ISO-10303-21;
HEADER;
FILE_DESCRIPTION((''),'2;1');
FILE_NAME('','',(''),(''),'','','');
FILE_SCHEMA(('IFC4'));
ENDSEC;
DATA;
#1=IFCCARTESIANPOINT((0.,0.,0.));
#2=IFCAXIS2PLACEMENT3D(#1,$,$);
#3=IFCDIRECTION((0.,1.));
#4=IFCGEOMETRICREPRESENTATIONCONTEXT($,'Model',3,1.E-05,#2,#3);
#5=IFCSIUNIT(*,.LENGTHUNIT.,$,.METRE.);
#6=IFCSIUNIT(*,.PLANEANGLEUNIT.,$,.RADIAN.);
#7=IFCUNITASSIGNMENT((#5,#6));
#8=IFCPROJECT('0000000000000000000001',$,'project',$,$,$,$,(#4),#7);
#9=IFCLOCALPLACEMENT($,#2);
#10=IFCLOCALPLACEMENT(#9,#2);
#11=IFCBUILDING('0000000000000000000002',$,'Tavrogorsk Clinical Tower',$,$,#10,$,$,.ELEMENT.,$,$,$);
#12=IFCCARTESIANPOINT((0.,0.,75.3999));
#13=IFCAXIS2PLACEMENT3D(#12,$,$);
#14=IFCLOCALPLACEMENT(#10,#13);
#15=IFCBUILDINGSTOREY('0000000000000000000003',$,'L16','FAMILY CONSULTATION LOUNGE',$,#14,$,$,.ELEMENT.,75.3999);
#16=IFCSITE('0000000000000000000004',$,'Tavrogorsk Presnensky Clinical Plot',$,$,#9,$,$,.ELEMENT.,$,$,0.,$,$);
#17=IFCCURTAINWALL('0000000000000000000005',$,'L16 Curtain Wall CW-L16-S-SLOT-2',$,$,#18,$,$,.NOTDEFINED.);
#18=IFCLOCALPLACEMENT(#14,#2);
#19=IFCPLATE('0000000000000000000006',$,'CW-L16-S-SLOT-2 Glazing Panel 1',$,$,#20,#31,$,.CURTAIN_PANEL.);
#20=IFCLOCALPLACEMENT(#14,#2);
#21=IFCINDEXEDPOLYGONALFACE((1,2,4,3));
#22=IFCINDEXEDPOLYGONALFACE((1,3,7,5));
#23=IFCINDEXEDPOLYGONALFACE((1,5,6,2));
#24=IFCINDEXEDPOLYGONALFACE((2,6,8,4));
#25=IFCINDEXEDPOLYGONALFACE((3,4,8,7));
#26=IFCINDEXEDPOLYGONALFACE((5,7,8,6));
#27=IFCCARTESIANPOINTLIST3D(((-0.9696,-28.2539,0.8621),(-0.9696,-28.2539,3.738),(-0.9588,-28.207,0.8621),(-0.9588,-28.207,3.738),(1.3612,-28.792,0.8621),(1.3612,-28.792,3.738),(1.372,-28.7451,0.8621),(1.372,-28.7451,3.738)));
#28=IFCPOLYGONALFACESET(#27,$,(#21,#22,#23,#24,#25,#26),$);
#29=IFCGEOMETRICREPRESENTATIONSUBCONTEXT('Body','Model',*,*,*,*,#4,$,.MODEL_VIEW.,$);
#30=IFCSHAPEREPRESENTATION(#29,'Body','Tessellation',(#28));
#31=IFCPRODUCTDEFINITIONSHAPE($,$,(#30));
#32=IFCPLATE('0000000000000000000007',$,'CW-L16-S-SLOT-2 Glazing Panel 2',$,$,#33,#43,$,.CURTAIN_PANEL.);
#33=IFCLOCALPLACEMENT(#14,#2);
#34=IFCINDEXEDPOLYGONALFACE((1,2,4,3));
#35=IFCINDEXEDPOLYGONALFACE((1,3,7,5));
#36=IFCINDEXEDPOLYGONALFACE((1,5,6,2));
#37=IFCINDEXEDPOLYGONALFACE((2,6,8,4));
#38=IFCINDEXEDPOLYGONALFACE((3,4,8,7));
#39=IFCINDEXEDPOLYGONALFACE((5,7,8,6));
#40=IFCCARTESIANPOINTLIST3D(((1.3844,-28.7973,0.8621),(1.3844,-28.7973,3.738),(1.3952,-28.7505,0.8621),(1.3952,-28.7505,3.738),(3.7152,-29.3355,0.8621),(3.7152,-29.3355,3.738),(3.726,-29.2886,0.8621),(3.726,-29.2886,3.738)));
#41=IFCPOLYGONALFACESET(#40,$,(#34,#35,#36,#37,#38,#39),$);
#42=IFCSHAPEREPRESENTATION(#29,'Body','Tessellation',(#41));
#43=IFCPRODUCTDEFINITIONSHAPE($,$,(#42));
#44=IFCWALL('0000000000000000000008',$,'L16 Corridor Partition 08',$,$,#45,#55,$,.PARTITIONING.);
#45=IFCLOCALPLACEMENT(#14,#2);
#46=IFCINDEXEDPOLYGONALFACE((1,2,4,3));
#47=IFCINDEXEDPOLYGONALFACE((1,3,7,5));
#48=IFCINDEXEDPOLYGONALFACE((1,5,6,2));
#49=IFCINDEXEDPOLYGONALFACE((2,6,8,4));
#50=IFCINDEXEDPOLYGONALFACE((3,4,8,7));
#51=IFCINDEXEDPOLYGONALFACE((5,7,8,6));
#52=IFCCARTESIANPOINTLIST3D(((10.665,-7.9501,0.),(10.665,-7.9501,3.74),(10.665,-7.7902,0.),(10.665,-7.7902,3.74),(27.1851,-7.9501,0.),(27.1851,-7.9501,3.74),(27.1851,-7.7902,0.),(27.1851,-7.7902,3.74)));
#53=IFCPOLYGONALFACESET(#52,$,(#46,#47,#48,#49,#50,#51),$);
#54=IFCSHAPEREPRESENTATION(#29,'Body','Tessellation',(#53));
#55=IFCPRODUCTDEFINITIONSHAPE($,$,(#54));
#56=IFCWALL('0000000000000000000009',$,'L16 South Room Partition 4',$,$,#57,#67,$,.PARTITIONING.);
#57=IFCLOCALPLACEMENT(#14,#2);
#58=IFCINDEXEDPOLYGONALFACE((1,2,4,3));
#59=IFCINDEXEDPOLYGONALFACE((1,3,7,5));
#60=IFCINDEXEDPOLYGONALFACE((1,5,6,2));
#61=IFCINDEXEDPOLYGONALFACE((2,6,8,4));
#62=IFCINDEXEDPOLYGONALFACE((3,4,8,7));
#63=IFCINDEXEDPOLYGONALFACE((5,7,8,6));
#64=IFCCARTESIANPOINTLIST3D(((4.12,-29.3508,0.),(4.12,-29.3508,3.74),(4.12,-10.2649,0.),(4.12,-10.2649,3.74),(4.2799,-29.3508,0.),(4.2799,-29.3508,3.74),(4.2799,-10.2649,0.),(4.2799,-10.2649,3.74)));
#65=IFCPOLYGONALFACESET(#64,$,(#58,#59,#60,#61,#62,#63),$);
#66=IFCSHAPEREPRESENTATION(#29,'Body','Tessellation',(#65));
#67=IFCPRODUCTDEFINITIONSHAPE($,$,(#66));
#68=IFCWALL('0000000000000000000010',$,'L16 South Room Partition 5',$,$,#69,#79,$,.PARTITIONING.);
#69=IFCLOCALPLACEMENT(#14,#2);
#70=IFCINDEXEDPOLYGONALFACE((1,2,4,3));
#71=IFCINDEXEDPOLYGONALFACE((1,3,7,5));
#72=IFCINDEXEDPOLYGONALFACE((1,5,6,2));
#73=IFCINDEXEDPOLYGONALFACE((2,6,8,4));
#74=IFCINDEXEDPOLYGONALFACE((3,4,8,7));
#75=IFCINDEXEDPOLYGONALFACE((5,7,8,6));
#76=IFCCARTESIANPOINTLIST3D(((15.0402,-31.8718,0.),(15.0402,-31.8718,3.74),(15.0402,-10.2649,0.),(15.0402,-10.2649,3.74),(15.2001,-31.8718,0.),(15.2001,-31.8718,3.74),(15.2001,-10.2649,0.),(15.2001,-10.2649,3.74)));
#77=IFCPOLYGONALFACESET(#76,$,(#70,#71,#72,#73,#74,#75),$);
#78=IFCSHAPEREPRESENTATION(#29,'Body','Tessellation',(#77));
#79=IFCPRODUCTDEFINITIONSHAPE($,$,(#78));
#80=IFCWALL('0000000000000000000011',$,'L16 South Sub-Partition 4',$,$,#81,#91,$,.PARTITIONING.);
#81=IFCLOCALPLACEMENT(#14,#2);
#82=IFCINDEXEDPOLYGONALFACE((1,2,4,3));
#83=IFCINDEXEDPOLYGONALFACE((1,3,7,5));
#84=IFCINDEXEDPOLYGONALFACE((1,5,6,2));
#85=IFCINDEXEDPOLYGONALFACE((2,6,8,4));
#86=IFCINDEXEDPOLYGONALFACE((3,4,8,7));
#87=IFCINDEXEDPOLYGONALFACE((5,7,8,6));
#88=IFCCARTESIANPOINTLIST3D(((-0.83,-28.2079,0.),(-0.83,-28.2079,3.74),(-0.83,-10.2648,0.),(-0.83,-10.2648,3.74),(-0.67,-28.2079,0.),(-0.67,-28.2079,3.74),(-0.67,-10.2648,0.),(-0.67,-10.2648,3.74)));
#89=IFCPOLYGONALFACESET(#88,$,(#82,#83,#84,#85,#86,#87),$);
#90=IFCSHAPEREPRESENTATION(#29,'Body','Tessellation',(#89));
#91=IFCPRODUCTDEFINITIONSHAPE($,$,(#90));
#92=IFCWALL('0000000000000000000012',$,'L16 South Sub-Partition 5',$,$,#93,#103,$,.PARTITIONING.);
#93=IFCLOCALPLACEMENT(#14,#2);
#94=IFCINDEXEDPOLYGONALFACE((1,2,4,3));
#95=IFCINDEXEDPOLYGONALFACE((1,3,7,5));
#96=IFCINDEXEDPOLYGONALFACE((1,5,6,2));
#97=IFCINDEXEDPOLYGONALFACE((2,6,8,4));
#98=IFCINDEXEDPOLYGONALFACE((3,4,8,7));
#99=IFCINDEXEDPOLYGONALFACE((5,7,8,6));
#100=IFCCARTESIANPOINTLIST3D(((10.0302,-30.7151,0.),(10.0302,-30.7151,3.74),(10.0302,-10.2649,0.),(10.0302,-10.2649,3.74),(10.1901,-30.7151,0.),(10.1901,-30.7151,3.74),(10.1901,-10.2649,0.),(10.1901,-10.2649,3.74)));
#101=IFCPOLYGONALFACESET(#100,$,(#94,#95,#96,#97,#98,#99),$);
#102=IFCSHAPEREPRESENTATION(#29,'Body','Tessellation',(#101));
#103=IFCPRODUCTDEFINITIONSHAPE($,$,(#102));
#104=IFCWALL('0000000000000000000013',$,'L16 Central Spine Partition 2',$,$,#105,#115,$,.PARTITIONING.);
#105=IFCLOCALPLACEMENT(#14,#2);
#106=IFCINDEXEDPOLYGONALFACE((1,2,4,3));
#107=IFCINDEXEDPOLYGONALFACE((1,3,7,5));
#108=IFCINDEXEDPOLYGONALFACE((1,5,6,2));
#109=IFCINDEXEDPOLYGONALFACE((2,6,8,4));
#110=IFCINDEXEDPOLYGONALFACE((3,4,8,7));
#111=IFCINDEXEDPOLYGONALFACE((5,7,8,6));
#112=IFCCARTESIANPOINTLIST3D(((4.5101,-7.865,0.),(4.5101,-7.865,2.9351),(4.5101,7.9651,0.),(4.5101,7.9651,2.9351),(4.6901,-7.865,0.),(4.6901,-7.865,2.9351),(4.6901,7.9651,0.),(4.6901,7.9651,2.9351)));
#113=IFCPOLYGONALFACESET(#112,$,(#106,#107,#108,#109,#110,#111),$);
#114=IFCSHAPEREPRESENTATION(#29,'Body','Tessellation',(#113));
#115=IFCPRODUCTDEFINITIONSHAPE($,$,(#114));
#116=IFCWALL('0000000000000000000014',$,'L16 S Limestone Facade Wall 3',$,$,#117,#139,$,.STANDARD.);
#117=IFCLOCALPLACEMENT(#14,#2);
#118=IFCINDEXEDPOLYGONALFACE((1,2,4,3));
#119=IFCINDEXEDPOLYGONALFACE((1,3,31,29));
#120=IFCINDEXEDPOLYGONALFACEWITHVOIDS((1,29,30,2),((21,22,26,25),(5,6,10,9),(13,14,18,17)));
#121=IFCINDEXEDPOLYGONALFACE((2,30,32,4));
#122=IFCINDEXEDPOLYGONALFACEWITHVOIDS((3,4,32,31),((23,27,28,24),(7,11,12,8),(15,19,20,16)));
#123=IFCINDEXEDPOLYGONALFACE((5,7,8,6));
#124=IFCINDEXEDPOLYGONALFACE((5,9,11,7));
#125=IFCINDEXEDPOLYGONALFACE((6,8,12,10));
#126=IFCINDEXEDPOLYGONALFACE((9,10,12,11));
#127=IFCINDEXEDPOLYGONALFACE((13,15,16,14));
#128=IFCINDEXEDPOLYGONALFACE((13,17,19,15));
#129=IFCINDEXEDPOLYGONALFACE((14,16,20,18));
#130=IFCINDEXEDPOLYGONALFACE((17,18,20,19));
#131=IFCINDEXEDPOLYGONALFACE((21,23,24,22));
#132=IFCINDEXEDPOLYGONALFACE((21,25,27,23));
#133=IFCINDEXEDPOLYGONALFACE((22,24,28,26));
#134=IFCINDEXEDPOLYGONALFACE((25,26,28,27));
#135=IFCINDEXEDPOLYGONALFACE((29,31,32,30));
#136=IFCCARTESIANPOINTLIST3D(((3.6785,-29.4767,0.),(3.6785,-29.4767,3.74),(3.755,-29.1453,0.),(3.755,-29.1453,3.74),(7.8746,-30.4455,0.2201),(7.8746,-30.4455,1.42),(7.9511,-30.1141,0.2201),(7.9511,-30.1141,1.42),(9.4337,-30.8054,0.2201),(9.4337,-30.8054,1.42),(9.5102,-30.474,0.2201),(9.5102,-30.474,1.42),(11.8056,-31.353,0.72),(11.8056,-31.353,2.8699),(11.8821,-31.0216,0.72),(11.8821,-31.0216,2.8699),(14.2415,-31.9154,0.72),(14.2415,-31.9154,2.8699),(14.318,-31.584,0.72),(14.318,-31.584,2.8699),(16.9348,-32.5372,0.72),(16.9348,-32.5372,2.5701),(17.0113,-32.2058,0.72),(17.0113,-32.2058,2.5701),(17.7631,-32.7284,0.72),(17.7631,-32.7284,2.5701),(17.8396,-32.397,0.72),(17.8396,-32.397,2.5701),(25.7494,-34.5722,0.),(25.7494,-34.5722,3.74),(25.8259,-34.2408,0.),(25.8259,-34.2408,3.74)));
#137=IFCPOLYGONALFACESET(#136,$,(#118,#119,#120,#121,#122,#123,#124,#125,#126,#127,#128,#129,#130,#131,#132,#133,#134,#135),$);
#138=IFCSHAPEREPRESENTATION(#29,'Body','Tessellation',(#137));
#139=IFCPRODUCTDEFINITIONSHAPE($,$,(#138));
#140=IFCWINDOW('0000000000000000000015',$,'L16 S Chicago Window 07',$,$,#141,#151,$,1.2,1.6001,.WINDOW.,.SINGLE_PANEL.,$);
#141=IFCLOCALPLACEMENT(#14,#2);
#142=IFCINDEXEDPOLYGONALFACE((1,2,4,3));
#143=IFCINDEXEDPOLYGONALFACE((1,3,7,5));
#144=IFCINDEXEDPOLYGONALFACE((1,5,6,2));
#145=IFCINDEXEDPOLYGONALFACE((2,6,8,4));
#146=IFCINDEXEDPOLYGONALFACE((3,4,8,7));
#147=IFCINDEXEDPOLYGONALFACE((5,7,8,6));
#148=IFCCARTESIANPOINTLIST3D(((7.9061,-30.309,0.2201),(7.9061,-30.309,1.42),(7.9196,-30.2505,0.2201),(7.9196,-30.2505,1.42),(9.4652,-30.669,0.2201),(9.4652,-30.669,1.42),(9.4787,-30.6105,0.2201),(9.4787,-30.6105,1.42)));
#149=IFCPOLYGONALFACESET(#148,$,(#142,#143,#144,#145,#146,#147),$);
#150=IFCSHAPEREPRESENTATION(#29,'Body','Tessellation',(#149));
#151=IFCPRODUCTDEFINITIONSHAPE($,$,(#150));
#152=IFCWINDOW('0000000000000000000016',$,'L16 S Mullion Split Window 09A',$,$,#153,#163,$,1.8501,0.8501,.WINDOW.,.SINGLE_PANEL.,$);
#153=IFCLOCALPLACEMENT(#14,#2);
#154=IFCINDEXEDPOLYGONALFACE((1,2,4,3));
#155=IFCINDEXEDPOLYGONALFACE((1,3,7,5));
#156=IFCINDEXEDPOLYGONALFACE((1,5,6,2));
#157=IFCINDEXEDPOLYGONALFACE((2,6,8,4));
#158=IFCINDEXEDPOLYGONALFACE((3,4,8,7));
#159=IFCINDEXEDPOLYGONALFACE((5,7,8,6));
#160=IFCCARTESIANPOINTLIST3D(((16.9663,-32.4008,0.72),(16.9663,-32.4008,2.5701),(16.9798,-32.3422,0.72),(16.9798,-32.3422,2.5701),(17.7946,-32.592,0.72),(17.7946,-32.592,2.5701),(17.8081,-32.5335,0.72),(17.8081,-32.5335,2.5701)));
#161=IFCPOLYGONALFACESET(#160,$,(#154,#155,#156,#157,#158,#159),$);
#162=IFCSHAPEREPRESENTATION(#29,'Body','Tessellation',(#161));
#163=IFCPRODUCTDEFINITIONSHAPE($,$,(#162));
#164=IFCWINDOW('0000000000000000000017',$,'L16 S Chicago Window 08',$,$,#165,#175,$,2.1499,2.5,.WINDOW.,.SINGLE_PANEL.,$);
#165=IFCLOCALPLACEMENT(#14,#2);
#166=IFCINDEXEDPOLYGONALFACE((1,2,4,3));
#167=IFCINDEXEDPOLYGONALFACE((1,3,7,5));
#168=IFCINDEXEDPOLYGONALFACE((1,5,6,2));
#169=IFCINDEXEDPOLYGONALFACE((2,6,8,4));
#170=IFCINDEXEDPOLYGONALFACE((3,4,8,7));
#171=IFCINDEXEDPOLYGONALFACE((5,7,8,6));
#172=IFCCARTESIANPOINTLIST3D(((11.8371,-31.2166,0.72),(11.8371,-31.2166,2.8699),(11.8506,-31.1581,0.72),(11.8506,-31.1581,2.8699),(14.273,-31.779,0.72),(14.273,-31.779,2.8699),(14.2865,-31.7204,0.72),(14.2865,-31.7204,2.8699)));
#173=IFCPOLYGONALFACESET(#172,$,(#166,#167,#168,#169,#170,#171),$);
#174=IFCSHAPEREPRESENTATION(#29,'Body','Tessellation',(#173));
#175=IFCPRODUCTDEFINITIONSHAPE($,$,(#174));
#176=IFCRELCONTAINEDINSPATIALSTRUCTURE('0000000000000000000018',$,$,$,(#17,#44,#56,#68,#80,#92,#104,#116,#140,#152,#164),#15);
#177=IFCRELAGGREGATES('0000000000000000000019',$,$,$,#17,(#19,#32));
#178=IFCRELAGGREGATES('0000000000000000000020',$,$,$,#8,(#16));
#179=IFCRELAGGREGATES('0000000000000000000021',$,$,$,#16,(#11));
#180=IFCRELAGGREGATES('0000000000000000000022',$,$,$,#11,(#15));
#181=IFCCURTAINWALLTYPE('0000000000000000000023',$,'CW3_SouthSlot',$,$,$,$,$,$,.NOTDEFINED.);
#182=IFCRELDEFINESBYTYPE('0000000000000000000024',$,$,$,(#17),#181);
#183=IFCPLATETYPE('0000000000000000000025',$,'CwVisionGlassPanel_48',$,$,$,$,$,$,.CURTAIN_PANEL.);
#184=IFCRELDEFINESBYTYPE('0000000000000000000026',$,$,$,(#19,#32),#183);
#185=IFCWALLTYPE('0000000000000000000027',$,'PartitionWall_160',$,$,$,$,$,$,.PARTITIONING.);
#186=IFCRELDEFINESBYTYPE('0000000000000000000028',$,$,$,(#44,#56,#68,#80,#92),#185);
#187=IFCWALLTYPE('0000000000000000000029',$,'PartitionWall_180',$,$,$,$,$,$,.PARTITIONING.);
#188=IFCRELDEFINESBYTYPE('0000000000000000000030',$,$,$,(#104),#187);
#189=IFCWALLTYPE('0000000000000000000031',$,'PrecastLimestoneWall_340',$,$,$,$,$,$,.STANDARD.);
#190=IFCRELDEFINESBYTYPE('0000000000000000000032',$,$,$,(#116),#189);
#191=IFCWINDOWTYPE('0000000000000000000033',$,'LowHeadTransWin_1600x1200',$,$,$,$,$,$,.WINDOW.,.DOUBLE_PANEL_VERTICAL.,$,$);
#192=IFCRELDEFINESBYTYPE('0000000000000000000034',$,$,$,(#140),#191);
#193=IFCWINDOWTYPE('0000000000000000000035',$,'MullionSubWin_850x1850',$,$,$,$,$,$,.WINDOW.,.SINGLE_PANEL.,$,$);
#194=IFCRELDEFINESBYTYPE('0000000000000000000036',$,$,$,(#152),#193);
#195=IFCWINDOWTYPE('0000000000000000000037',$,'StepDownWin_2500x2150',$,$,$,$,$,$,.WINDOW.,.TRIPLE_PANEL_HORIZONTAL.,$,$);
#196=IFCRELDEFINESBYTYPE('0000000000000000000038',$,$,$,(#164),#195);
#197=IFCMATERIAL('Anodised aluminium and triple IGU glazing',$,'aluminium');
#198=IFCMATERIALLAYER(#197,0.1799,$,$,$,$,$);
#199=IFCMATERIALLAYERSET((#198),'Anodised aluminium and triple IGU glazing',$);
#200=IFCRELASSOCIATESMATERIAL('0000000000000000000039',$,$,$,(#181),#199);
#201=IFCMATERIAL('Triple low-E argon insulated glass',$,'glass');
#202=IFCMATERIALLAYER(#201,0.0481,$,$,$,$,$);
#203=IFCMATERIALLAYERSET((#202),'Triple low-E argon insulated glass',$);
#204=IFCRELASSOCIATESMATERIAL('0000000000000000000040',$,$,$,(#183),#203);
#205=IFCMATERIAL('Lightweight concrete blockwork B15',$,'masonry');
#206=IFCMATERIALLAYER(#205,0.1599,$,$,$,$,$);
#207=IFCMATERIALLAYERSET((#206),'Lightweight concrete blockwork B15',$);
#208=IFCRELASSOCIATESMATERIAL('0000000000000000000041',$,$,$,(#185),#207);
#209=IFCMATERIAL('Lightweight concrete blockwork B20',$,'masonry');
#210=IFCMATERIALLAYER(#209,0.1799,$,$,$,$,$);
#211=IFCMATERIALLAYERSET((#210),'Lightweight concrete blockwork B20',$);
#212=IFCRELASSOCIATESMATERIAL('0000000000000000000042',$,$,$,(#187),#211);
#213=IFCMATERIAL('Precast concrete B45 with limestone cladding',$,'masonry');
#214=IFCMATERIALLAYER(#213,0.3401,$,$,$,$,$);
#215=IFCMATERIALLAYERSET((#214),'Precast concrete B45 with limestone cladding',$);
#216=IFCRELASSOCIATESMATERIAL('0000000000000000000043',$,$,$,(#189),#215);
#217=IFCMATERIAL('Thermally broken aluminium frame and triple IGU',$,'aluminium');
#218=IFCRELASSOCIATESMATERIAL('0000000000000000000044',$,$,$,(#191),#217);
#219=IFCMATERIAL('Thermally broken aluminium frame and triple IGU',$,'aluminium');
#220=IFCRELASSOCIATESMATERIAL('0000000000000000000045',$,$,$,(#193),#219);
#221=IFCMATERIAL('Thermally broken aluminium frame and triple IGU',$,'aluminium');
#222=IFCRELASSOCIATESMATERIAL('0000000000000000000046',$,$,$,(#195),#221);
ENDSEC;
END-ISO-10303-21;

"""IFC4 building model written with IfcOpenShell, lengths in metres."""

from ifc_helpers import new_model, si_unit, direction, frame, frame_2d, origin, origin_2d, place, context, subcontext, project, spatial, rectangle, extrude, material, layer, layer_set, type_object, element, fill, aggregate, save


model = new_model("IFC4")

# Units and contexts
model_context = context("Model", 3, precision=1e-05, world=origin(), true_north=direction((0.0, 1.0)))
body_context = subcontext(model_context, "Body", "Model", "MODEL_VIEW")
ifc_project = project(units=[si_unit("LENGTHUNIT", "METRE"), si_unit("PLANEANGLEUNIT", "RADIAN")], contexts=[model_context])

# Site, building, storey
site_placement = place(None, origin())
site = spatial("IfcSite", under=ifc_project, at=site_placement, Name="Tavrogorsk Presnensky Clinical Plot", CompositionType="ELEMENT", RefElevation=0.0)
building_placement = place(site_placement, origin())
building = spatial("IfcBuilding", under=site, at=building_placement, Name="Tavrogorsk Clinical Tower", CompositionType="ELEMENT")
storey_placement = place(building_placement, frame((0.0, 0.0, 75.3999)))
storey = spatial("IfcBuildingStorey", under=building, at=storey_placement, Name="L16", Description="FAMILY CONSULTATION LOUNGE", CompositionType="ELEMENT", Elevation=75.3999)

# Curtain wall
ifc_material_1 = material(Name="Anodised aluminium and triple IGU glazing", Category="aluminium")
ifc_layer_1 = layer(ifc_material_1, 0.1799)
ifc_layer_set_1 = layer_set([ifc_layer_1], Name="Anodised aluminium and triple IGU glazing")
curtain_wall_type = type_object("IfcCurtainWallType", Name="CW3_SouthSlot", PredefinedType="NOTDEFINED", material=ifc_layer_set_1)
curtain_wall_placement = place(storey_placement, origin())
curtain_wall = element("IfcCurtainWall", 1, at=curtain_wall_placement, inside=storey, type_object=curtain_wall_type, Name="L16 Curtain Wall CW-L16-S-SLOT-2", PredefinedType="NOTDEFINED")

# Plates
ifc_material_2 = material(Name="Triple low-E argon insulated glass", Category="glass")
ifc_layer_2 = layer(ifc_material_2, 0.0481)
ifc_layer_set_2 = layer_set([ifc_layer_2], Name="Triple low-E argon insulated glass")
plate_type_1 = type_object("IfcPlateType", Name="CwVisionGlassPanel_48", PredefinedType="CURTAIN_PANEL", material=ifc_layer_set_2)
plate_1_placement = place(storey_placement, frame((0.2012, -28.4995, 0.8621), z_axis=(0.0, 0.0, 1.0), x_axis=(0.97437, -0.224951, 0.0)))
plate_1 = element("IfcPlate", 2, at=plate_1_placement, type_object=plate_type_1, Name="CW-L16-S-SLOT-2 Glazing Panel 1", PredefinedType="CURTAIN_PANEL", context=body_context, shape_type="SweptSolid", body=[
    extrude(rectangle(XDim=2.3921, YDim=0.0481, at=origin_2d()), origin(), (0.0, 0.0, 1.0), 2.876),
])
plate_2_placement = place(storey_placement, frame((2.5552, -29.043, 0.8621), z_axis=(0.0, 0.0, 1.0), x_axis=(0.97437, -0.224951, 0.0)))
plate_2 = element("IfcPlate", 3, at=plate_2_placement, type_object=plate_type_1, Name="CW-L16-S-SLOT-2 Glazing Panel 2", PredefinedType="CURTAIN_PANEL", context=body_context, shape_type="SweptSolid", body=[
    extrude(rectangle(XDim=2.3921, YDim=0.0481, at=origin_2d()), origin(), (0.0, 0.0, 1.0), 2.876),
])
aggregate(curtain_wall, [plate_1, plate_2])

# Walls
ifc_material_3 = material(Name="Lightweight concrete blockwork B15", Category="masonry")
ifc_layer_3 = layer(ifc_material_3, 0.1599)
ifc_layer_set_3 = layer_set([ifc_layer_3], Name="Lightweight concrete blockwork B15")
wall_type_1 = type_object("IfcWallType", Name="PartitionWall_160", PredefinedType="PARTITIONING", material=ifc_layer_set_3)
wall_1_placement = place(storey_placement, frame((10.665, -7.8701, 0.0), z_axis=(0.0, 0.0, 1.0), x_axis=(1.0, 0.0, 0.0)))
element("IfcWall", 4, at=wall_1_placement, inside=storey, type_object=wall_type_1, Name="L16 Corridor Partition 08", PredefinedType="PARTITIONING", context=body_context, shape_type="SweptSolid", body=[
    extrude(rectangle(XDim=16.52, YDim=0.1599, at=frame_2d((8.26, 0.0))), origin(), (0.0, 0.0, 1.0), 3.74),
])
wall_2_placement = place(storey_placement, frame((4.2, -29.3508, 0.0), z_axis=(0.0, 0.0, 1.0), x_axis=(0.0, 1.0, 0.0)))
element("IfcWall", 5, at=wall_2_placement, inside=storey, type_object=wall_type_1, Name="L16 South Room Partition 4", PredefinedType="PARTITIONING", context=body_context, shape_type="SweptSolid", body=[
    extrude(rectangle(XDim=19.0859, YDim=0.1599, at=frame_2d((9.543, 0.0))), origin(), (0.0, 0.0, 1.0), 3.74),
])
wall_3_placement = place(storey_placement, frame((15.1201, -31.8718, 0.0), z_axis=(0.0, 0.0, 1.0), x_axis=(0.0, 1.0, 0.0)))
element("IfcWall", 6, at=wall_3_placement, inside=storey, type_object=wall_type_1, Name="L16 South Room Partition 5", PredefinedType="PARTITIONING", context=body_context, shape_type="SweptSolid", body=[
    extrude(rectangle(XDim=21.6069, YDim=0.1599, at=frame_2d((10.8035, 0.0))), origin(), (0.0, 0.0, 1.0), 3.74),
])
wall_4_placement = place(storey_placement, frame((-0.75, -28.208, 0.0), z_axis=(0.0, 0.0, 1.0), x_axis=(0.0, 1.0, 0.0)))
element("IfcWall", 7, at=wall_4_placement, inside=storey, type_object=wall_type_1, Name="L16 South Sub-Partition 4", PredefinedType="PARTITIONING", context=body_context, shape_type="SweptSolid", body=[
    extrude(rectangle(XDim=17.9431, YDim=0.1599, at=frame_2d((8.9717, 0.0))), origin(), (0.0, 0.0, 1.0), 3.74),
])
wall_5_placement = place(storey_placement, frame((10.1101, -30.7151, 0.0), z_axis=(0.0, 0.0, 1.0), x_axis=(0.0, 1.0, 0.0)))
element("IfcWall", 8, at=wall_5_placement, inside=storey, type_object=wall_type_1, Name="L16 South Sub-Partition 5", PredefinedType="PARTITIONING", context=body_context, shape_type="SweptSolid", body=[
    extrude(rectangle(XDim=20.4502, YDim=0.1599, at=frame_2d((10.2251, 0.0))), origin(), (0.0, 0.0, 1.0), 3.74),
])
ifc_material_4 = material(Name="Lightweight concrete blockwork B20", Category="masonry")
ifc_layer_4 = layer(ifc_material_4, 0.1799)
ifc_layer_set_4 = layer_set([ifc_layer_4], Name="Lightweight concrete blockwork B20")
wall_type_2 = type_object("IfcWallType", Name="PartitionWall_180", PredefinedType="PARTITIONING", material=ifc_layer_set_4)
wall_6_placement = place(storey_placement, frame((4.6001, -7.865, 0.0), z_axis=(0.0, 0.0, 1.0), x_axis=(0.0, 1.0, 0.0)))
element("IfcWall", 9, at=wall_6_placement, inside=storey, type_object=wall_type_2, Name="L16 Central Spine Partition 2", PredefinedType="PARTITIONING", context=body_context, shape_type="SweptSolid", body=[
    extrude(rectangle(XDim=15.8301, YDim=0.1799, at=frame_2d((7.915, 0.0))), origin(), (0.0, 0.0, 1.0), 2.9351),
])

# Wall, openings, windows
ifc_material_5 = material(Name="Precast concrete B45 with limestone cladding", Category="masonry")
ifc_layer_5 = layer(ifc_material_5, 0.3401)
ifc_layer_set_5 = layer_set([ifc_layer_5], Name="Precast concrete B45 with limestone cladding")
wall_type_3 = type_object("IfcWallType", Name="PrecastLimestoneWall_340", PredefinedType="STANDARD", material=ifc_layer_set_5)
wall_7_placement = place(storey_placement, frame((3.7168, -29.311, 0.0), z_axis=(0.0, 0.0, 1.0), x_axis=(0.97437, -0.224952, 0.0)))
wall_7 = element("IfcWall", 10, at=wall_7_placement, inside=storey, type_object=wall_type_3, Name="L16 S Limestone Facade Wall 3", PredefinedType="STANDARD", context=body_context, shape_type="SweptSolid", body=[
    extrude(rectangle(XDim=22.6514, YDim=0.3401, at=frame_2d((11.3257, 0.0))), origin(), (0.0, 0.0, 1.0), 3.74),
])
opening_1_placement = place(wall_7_placement, frame((4.3064, 0.0, 0.22)))
opening_1 = element("IfcOpeningElement", 11, at=opening_1_placement, cuts=wall_7, PredefinedType="OPENING", context=body_context, shape_type="SweptSolid", body=[
    extrude(rectangle(XDim=1.6001, YDim=1.2, at=frame_2d((0.8, 0.6001))), frame((0.0, 0.1799, 0.0), z_axis=(0.0, -1.0, 0.0), x_axis=(1.0, 0.0, 0.0)), (0.0, 0.0, 1.0), 0.3601),
])
opening_2_placement = place(wall_7_placement, frame((8.3408, 0.0, 0.72)))
opening_2 = element("IfcOpeningElement", 12, at=opening_2_placement, cuts=wall_7, PredefinedType="OPENING", context=body_context, shape_type="SweptSolid", body=[
    extrude(rectangle(XDim=2.5, YDim=2.1499, at=frame_2d((1.25, 1.075))), frame((0.0, 0.1799, 0.0), z_axis=(0.0, -1.0, 0.0), x_axis=(1.0, 0.0, 0.0)), (0.0, 0.0, 1.0), 0.3601),
])
opening_3_placement = place(wall_7_placement, frame((13.605, 0.0, 0.72)))
opening_3 = element("IfcOpeningElement", 13, at=opening_3_placement, cuts=wall_7, PredefinedType="OPENING", context=body_context, shape_type="SweptSolid", body=[
    extrude(rectangle(XDim=0.8501, YDim=1.8501, at=frame_2d((0.425, 0.925))), frame((0.0, 0.1799, 0.0), z_axis=(0.0, -1.0, 0.0), x_axis=(1.0, 0.0, 0.0)), (0.0, 0.0, 1.0), 0.3601),
])
ifc_material_6 = material(Name="Thermally broken aluminium frame and triple IGU", Category="aluminium")
window_type_1 = type_object("IfcWindowType", Name="LowHeadTransWin_1600x1200", PartitioningType="DOUBLE_PANEL_VERTICAL", PredefinedType="WINDOW", material=ifc_material_6)
window_1_placement = place(opening_1_placement, origin())
window_1 = element("IfcWindow", 14, at=window_1_placement, inside=storey, type_object=window_type_1, Name="L16 S Chicago Window 07", OverallHeight=1.2, OverallWidth=1.6001, PartitioningType="SINGLE_PANEL", PredefinedType="WINDOW", context=body_context, shape_type="SweptSolid", body=[
    extrude(rectangle(XDim=1.6001, YDim=1.2, at=frame_2d((0.8, 0.6001))), frame((0.0, 0.03, 0.0), z_axis=(0.0, -1.0, 0.0), x_axis=(1.0, 0.0, 0.0)), (0.0, 0.0, 1.0), 0.0601),
])
fill(opening_1, window_1)
ifc_material_7 = material(Name="Thermally broken aluminium frame and triple IGU", Category="aluminium")
window_type_2 = type_object("IfcWindowType", Name="MullionSubWin_850x1850", PartitioningType="SINGLE_PANEL", PredefinedType="WINDOW", material=ifc_material_7)
window_2_placement = place(opening_3_placement, origin())
window_2 = element("IfcWindow", 15, at=window_2_placement, inside=storey, type_object=window_type_2, Name="L16 S Mullion Split Window 09A", OverallHeight=1.8501, OverallWidth=0.8501, PartitioningType="SINGLE_PANEL", PredefinedType="WINDOW", context=body_context, shape_type="SweptSolid", body=[
    extrude(rectangle(XDim=0.8501, YDim=1.8501, at=frame_2d((0.425, 0.925))), frame((0.0, 0.03, 0.0), z_axis=(0.0, -1.0, 0.0), x_axis=(1.0, 0.0, 0.0)), (0.0, 0.0, 1.0), 0.0601),
])
fill(opening_3, window_2)
ifc_material_8 = material(Name="Thermally broken aluminium frame and triple IGU", Category="aluminium")
window_type_3 = type_object("IfcWindowType", Name="StepDownWin_2500x2150", PartitioningType="TRIPLE_PANEL_HORIZONTAL", PredefinedType="WINDOW", material=ifc_material_8)
window_3_placement = place(opening_2_placement, origin())
window_3 = element("IfcWindow", 16, at=window_3_placement, inside=storey, type_object=window_type_3, Name="L16 S Chicago Window 08", OverallHeight=2.1499, OverallWidth=2.5, PartitioningType="SINGLE_PANEL", PredefinedType="WINDOW", context=body_context, shape_type="SweptSolid", body=[
    extrude(rectangle(XDim=2.5, YDim=2.1499, at=frame_2d((1.25, 1.075))), frame((0.0, 0.03, 0.0), z_axis=(0.0, -1.0, 0.0), x_axis=(1.0, 0.0, 0.0)), (0.0, 0.0, 1.0), 0.0601),
])
fill(opening_2, window_3)

save(model, "model.ifc")
